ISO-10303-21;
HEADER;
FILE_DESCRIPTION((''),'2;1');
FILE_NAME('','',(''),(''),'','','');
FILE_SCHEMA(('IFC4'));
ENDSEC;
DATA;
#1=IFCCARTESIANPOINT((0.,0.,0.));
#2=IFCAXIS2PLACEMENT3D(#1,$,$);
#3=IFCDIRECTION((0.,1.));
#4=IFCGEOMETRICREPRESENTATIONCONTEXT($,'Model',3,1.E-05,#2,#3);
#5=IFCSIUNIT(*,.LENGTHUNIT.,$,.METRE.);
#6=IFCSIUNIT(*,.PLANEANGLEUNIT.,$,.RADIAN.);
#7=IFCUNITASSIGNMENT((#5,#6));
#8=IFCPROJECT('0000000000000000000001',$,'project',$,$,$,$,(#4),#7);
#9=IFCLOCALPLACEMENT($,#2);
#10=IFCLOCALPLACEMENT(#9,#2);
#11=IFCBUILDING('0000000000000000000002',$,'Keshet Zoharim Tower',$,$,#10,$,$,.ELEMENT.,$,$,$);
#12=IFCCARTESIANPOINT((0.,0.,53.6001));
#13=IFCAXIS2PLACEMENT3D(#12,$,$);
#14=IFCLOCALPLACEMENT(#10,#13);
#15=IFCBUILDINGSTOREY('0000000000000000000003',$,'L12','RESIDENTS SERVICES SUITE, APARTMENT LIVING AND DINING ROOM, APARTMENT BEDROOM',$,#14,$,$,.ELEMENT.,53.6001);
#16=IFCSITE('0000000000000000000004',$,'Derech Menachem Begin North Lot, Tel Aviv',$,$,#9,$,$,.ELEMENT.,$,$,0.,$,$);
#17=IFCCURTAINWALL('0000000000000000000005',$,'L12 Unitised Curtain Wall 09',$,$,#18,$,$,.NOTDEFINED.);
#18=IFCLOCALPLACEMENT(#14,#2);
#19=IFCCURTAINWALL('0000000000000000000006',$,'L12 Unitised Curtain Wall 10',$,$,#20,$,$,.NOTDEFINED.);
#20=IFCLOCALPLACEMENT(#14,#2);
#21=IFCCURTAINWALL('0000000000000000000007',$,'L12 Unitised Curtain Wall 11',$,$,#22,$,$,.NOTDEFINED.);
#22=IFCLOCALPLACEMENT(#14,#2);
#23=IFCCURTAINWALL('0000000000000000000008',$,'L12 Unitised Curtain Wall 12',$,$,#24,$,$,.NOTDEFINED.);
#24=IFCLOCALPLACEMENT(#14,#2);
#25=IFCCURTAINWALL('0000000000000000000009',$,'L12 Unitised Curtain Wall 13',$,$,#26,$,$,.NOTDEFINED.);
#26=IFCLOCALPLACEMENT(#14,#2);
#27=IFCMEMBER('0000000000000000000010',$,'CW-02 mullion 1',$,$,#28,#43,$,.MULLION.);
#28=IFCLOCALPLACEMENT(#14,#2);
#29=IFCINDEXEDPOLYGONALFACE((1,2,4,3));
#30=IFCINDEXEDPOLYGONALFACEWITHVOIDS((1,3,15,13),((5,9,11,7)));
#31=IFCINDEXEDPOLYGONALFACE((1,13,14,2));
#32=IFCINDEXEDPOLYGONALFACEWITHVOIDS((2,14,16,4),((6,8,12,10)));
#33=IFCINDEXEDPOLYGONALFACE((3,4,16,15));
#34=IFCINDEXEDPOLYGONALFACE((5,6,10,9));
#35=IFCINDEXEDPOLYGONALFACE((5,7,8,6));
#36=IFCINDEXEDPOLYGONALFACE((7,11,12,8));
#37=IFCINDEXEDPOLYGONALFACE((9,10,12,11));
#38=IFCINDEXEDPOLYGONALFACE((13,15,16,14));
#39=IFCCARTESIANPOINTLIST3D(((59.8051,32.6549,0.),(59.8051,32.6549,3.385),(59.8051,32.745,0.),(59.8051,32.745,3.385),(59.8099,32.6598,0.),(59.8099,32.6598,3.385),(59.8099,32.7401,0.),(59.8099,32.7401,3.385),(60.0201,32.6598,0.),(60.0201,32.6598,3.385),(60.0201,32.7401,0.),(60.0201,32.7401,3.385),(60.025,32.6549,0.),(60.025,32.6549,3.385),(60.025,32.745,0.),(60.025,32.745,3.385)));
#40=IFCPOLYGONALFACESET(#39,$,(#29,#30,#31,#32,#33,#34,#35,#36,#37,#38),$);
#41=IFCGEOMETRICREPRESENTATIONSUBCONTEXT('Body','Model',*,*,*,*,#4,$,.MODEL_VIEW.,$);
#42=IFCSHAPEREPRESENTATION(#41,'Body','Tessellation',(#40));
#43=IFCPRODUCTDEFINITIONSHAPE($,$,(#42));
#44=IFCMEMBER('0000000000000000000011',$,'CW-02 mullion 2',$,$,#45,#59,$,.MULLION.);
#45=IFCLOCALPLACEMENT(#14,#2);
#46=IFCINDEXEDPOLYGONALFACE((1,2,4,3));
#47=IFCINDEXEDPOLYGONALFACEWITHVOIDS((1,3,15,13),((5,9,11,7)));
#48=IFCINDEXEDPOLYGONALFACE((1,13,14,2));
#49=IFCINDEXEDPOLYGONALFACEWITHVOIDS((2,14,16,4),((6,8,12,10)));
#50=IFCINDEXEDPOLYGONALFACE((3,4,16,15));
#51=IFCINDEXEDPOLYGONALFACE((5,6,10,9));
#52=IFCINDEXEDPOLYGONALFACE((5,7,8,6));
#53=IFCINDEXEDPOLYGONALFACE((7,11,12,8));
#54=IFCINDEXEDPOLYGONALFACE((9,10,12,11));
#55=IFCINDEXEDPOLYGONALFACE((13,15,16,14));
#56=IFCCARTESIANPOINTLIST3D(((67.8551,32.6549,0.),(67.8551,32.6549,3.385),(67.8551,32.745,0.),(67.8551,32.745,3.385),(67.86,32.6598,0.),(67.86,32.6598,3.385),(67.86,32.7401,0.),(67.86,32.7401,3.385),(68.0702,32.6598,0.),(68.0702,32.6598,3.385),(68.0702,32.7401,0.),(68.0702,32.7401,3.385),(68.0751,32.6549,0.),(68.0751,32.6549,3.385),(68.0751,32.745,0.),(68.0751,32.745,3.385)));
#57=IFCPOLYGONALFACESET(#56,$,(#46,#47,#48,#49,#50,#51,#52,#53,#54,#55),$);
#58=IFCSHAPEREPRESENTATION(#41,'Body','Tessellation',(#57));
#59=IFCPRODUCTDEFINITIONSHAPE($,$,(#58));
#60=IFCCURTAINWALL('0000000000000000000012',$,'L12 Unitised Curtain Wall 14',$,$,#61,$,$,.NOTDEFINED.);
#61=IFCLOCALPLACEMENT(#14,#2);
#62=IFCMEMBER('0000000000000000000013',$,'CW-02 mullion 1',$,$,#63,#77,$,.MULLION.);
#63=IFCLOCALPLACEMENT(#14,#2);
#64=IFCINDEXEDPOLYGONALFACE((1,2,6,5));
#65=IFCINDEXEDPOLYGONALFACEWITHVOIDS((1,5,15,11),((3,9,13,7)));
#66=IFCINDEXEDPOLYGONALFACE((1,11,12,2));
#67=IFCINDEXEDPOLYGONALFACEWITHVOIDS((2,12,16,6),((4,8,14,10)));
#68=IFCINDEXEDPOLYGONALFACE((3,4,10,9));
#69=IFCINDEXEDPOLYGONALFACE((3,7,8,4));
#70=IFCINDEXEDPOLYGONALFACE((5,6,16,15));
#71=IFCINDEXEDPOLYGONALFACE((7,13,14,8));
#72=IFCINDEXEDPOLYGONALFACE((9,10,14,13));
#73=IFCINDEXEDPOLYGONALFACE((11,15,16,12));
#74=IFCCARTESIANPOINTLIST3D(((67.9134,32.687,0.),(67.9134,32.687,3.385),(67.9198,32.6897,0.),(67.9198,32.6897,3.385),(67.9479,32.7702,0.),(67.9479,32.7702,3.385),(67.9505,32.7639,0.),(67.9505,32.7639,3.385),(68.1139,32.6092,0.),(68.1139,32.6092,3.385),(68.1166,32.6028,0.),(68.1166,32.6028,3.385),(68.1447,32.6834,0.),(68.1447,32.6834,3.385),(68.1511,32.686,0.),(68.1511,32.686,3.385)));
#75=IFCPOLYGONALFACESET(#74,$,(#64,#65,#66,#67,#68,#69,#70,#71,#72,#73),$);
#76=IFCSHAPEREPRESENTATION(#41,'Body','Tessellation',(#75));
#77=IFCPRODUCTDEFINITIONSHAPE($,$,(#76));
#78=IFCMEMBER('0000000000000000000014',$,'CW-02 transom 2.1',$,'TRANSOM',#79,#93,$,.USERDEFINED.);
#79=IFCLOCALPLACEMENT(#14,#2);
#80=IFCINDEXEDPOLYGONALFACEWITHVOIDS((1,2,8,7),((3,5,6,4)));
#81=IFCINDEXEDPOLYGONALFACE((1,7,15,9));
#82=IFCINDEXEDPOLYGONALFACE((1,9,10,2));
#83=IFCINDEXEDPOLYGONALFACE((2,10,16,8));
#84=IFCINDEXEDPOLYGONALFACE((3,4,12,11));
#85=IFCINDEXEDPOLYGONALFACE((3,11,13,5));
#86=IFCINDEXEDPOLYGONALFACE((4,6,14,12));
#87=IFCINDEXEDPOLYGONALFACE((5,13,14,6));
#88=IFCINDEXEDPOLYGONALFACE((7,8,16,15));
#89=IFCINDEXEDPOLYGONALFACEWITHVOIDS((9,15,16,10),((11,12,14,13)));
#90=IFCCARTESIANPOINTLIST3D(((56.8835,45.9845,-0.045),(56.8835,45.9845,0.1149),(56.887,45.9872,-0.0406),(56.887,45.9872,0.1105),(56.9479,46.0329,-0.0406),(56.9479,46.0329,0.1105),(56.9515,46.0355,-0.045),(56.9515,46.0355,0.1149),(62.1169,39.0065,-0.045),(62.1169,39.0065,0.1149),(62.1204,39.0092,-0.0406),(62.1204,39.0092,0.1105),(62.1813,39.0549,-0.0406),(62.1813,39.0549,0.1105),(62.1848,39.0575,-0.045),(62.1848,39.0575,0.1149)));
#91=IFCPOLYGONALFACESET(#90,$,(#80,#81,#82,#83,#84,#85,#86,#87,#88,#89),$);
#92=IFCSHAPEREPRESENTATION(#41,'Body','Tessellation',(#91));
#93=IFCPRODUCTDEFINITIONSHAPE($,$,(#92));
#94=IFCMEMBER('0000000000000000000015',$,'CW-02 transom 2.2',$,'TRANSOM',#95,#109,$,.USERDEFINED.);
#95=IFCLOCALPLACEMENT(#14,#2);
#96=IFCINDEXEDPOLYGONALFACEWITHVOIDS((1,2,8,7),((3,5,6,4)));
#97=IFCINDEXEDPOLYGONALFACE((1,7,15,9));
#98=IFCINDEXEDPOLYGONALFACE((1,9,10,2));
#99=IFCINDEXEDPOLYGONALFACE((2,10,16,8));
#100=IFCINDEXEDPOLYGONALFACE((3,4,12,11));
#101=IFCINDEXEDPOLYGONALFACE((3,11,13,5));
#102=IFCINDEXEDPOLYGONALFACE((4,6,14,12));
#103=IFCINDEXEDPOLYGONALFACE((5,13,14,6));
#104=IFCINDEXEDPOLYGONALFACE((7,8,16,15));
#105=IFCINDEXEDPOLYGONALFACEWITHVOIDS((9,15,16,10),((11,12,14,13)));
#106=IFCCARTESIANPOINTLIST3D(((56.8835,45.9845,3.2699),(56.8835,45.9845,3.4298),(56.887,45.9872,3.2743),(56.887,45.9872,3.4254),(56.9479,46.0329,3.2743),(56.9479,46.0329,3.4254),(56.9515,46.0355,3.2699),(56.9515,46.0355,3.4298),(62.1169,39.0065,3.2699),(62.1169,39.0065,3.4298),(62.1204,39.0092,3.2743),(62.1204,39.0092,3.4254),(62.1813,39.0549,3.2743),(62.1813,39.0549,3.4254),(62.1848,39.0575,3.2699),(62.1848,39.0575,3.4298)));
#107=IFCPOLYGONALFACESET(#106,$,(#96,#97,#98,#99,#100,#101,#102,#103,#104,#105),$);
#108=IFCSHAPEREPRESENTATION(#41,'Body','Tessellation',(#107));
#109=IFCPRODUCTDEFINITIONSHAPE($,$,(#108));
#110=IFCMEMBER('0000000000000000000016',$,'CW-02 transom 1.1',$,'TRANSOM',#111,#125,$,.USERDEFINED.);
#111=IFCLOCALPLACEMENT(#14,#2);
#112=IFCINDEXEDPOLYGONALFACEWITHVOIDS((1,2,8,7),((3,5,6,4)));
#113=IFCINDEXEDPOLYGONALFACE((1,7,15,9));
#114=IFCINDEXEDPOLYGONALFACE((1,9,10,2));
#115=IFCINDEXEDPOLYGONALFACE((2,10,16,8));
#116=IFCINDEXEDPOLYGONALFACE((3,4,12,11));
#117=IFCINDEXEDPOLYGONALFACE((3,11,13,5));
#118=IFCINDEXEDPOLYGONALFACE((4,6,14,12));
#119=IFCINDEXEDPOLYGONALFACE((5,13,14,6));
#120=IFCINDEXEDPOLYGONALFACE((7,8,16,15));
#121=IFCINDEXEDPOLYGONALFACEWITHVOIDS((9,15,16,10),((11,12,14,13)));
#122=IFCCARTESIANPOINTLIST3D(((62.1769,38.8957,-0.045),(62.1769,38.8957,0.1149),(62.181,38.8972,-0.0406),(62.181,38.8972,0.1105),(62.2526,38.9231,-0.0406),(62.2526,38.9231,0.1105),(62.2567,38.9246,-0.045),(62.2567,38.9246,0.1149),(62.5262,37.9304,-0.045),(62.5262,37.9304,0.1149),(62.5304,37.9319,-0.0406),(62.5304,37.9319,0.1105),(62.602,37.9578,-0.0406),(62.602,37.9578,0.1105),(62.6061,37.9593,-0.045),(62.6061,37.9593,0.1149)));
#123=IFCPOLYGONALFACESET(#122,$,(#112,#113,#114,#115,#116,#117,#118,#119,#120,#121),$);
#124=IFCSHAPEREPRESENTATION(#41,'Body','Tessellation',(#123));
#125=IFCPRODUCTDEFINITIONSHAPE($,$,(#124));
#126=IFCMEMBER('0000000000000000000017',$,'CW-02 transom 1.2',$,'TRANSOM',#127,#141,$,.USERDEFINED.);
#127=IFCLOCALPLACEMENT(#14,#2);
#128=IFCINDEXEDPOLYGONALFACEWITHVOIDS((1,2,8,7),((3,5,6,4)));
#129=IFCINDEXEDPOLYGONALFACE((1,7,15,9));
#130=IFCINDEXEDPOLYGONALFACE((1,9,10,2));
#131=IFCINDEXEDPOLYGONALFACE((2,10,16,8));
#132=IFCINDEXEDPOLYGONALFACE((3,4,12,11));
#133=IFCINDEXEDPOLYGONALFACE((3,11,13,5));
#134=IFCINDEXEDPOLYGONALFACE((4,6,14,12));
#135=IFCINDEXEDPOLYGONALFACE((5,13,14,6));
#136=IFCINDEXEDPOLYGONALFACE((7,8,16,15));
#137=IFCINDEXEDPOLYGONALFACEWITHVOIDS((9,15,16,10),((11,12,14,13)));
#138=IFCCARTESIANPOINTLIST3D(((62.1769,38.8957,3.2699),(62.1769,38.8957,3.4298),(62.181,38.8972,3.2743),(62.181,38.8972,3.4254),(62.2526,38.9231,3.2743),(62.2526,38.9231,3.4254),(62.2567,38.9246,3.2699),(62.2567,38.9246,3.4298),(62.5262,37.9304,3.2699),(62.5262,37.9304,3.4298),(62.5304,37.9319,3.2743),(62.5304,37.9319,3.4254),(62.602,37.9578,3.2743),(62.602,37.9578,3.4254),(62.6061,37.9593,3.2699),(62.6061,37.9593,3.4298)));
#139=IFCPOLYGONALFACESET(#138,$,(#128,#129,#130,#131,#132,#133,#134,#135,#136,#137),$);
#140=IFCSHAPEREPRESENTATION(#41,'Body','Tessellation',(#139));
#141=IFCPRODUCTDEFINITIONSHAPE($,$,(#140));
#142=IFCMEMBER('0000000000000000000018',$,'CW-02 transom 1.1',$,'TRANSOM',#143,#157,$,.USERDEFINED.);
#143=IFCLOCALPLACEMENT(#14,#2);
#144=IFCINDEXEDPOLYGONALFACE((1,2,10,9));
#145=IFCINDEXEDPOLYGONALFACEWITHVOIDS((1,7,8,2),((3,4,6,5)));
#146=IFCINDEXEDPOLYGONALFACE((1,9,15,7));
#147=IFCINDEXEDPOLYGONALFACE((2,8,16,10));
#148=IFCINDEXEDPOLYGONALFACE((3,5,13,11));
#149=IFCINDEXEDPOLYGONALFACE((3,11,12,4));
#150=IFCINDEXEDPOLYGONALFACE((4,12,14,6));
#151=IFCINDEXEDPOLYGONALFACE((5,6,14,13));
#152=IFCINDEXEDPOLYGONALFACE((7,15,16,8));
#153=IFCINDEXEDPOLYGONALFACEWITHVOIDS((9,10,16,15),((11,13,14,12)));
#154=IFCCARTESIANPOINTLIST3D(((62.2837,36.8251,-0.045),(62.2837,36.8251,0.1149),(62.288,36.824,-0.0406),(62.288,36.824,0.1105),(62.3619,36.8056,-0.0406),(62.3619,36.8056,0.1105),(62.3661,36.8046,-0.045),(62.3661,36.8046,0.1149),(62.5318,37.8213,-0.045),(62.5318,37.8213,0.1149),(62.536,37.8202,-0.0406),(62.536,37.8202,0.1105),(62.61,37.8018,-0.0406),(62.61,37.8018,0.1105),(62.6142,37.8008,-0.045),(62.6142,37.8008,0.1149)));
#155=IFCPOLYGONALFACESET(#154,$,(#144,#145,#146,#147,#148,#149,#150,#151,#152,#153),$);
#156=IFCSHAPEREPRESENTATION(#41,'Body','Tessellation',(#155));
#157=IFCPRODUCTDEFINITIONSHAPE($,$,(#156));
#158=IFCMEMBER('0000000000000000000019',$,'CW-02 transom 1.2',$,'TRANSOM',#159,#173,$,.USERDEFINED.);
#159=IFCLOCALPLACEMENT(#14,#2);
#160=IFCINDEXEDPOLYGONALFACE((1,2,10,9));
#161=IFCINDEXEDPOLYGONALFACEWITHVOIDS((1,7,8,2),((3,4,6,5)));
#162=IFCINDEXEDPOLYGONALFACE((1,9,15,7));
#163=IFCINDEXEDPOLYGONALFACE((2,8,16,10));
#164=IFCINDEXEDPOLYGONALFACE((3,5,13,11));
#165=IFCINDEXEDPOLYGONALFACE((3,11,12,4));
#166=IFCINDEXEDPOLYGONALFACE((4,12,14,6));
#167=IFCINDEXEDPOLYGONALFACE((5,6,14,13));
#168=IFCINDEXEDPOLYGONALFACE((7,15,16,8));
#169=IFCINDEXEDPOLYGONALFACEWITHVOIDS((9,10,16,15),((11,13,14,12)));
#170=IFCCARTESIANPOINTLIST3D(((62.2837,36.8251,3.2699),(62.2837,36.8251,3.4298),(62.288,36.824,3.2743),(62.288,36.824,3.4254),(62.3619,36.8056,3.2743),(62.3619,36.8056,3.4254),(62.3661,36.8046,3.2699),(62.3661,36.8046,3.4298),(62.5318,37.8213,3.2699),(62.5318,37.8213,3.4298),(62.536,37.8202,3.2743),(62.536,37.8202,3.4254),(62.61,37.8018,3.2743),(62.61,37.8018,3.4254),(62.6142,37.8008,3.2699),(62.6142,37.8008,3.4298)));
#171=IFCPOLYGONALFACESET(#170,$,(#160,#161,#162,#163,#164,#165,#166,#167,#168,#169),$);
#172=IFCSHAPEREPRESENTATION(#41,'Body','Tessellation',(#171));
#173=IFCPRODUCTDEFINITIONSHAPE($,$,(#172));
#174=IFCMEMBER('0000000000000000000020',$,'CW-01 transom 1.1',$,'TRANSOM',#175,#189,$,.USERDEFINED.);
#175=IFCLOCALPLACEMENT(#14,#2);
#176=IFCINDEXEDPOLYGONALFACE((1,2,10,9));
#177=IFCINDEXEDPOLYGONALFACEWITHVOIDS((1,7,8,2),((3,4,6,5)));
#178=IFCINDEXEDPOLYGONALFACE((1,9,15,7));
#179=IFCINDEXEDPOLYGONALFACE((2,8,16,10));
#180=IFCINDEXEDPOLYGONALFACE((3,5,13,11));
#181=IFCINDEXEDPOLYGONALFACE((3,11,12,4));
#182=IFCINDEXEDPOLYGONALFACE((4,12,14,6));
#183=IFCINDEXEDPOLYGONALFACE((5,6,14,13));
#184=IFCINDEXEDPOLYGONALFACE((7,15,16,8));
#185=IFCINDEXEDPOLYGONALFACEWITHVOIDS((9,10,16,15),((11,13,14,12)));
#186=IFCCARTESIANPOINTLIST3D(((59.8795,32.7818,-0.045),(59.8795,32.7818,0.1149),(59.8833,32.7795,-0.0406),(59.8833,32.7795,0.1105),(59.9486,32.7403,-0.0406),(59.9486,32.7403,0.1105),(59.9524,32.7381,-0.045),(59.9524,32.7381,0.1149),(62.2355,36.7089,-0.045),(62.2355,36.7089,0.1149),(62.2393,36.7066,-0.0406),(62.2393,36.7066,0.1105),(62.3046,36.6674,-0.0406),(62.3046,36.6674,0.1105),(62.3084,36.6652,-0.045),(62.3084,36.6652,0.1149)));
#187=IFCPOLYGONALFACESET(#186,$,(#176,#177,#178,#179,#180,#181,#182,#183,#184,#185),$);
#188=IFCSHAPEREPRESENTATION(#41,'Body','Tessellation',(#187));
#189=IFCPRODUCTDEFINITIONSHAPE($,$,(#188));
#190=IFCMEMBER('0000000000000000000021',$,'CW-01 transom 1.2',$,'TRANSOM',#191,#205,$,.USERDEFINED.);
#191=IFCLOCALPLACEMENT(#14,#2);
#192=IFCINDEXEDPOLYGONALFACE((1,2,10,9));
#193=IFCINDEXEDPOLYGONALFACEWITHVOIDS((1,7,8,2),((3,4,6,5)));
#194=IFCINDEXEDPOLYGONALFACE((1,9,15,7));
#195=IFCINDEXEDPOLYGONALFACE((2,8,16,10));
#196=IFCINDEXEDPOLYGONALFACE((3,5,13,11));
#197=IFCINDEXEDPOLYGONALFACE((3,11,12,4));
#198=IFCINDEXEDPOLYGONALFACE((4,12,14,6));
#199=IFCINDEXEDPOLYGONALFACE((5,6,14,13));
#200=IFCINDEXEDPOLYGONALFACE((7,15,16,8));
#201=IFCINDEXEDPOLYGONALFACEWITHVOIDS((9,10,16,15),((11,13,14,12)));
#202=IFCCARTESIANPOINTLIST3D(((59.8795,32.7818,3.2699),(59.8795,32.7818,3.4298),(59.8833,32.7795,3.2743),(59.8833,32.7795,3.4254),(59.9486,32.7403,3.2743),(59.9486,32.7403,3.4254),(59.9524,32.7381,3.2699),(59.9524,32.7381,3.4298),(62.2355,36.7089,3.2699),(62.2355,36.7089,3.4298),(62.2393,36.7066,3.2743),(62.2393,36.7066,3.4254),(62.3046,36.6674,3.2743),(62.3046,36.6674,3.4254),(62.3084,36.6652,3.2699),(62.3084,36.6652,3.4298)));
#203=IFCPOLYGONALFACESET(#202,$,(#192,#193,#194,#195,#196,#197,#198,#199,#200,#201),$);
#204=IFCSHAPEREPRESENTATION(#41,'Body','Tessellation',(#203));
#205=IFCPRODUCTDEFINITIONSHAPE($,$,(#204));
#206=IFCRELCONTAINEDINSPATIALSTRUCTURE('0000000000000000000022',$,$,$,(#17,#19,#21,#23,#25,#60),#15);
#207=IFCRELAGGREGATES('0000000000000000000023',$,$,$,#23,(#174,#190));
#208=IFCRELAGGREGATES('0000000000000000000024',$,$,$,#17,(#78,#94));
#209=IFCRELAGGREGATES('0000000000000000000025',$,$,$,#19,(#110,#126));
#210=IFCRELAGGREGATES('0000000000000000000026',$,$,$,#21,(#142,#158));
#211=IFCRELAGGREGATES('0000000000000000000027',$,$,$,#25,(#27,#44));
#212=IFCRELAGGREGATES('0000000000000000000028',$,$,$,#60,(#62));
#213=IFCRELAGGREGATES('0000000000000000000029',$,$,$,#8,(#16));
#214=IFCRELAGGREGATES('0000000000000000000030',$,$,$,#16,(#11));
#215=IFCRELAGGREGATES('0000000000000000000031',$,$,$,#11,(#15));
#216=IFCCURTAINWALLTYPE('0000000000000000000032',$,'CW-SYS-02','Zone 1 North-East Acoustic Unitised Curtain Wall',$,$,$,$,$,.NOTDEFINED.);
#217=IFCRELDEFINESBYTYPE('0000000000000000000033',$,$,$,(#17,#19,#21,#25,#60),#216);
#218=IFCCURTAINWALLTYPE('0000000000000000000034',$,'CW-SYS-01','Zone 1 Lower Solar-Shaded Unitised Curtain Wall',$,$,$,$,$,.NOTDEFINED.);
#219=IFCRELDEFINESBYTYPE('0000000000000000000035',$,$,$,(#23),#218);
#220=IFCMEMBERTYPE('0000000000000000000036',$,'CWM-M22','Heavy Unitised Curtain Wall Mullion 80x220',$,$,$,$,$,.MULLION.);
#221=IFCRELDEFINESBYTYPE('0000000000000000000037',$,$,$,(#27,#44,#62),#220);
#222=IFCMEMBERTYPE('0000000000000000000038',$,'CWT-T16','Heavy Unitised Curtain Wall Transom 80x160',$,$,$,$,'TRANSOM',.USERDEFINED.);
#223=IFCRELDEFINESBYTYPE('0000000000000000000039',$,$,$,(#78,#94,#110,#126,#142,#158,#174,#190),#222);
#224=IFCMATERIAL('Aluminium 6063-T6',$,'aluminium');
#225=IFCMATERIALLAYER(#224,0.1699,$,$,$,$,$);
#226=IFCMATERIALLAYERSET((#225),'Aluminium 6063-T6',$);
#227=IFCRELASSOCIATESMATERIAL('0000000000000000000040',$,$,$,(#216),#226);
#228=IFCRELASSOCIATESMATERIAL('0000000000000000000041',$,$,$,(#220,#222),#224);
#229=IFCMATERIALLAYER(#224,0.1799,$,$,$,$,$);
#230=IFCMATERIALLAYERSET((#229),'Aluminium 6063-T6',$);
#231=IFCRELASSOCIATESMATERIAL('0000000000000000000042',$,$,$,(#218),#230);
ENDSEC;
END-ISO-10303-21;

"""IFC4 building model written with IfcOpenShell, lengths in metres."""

from ifc_helpers import new_model, si_unit, direction, frame, origin, origin_2d, place, context, subcontext, project, spatial, hollow_rectangle, extrude, material, layer, layer_set, material_profile, profile_set, type_object, element, aggregate, save


model = new_model("IFC4")

# Units and contexts
model_context = context("Model", 3, precision=1e-05, world=origin(), true_north=direction((0.0, 1.0)))
body_context = subcontext(model_context, "Body", "Model", "MODEL_VIEW")
ifc_project = project(units=[si_unit("LENGTHUNIT", "METRE"), si_unit("PLANEANGLEUNIT", "RADIAN")], contexts=[model_context])

# Site, building, storey
site_placement = place(None, origin())
site = spatial("IfcSite", under=ifc_project, at=site_placement, Name="Derech Menachem Begin North Lot, Tel Aviv", CompositionType="ELEMENT", RefElevation=0.0)
building_placement = place(site_placement, origin())
building = spatial("IfcBuilding", under=site, at=building_placement, Name="Keshet Zoharim Tower", CompositionType="ELEMENT")
storey_placement = place(building_placement, frame((0.0, 0.0, 53.6001)))
storey = spatial("IfcBuildingStorey", under=building, at=storey_placement, Name="L12", Description="RESIDENTS SERVICES SUITE, APARTMENT LIVING AND DINING ROOM, APARTMENT BEDROOM", CompositionType="ELEMENT", Elevation=53.6001)

# Curtain walls, members
ifc_material_1 = material(Name="Aluminium 6063-T6", Category="aluminium")
ifc_layer_1 = layer(ifc_material_1, 0.1699)
ifc_layer_set_1 = layer_set([ifc_layer_1], Name="Aluminium 6063-T6")
curtain_wall_type_1 = type_object("IfcCurtainWallType", Name="CW-SYS-02", Description="Zone 1 North-East Acoustic Unitised Curtain Wall", PredefinedType="NOTDEFINED", material=ifc_layer_set_1)
curtain_wall_1_placement = place(storey_placement, origin())
curtain_wall_1 = element("IfcCurtainWall", 1, at=curtain_wall_1_placement, inside=storey, type_object=curtain_wall_type_1, Name="L12 Unitised Curtain Wall 09", PredefinedType="NOTDEFINED")
ifc_material_profile_1 = material_profile(ifc_material_1, hollow_rectangle(XDim=0.0901, YDim=0.22, WallThickness=0.0049, at=origin_2d()), Name="MUL-90x220")
ifc_profile_set_1 = profile_set([ifc_material_profile_1], Name="Aluminium 6063-T6")
member_type_1 = type_object("IfcMemberType", Name="CWM-M22", Description="Heavy Unitised Curtain Wall Mullion 80x220", PredefinedType="MULLION", material=ifc_profile_set_1)
curtain_wall_2_placement = place(storey_placement, origin())
curtain_wall_2 = element("IfcCurtainWall", 2, at=curtain_wall_2_placement, inside=storey, type_object=curtain_wall_type_1, Name="L12 Unitised Curtain Wall 10", PredefinedType="NOTDEFINED")
curtain_wall_3_placement = place(storey_placement, origin())
curtain_wall_3 = element("IfcCurtainWall", 3, at=curtain_wall_3_placement, inside=storey, type_object=curtain_wall_type_1, Name="L12 Unitised Curtain Wall 11", PredefinedType="NOTDEFINED")
ifc_layer_2 = layer(ifc_material_1, 0.1799)
ifc_layer_set_2 = layer_set([ifc_layer_2], Name="Aluminium 6063-T6")
curtain_wall_type_2 = type_object("IfcCurtainWallType", Name="CW-SYS-01", Description="Zone 1 Lower Solar-Shaded Unitised Curtain Wall", PredefinedType="NOTDEFINED", material=ifc_layer_set_2)
curtain_wall_4_placement = place(storey_placement, origin())
curtain_wall_4 = element("IfcCurtainWall", 4, at=curtain_wall_4_placement, inside=storey, type_object=curtain_wall_type_2, Name="L12 Unitised Curtain Wall 12", PredefinedType="NOTDEFINED")
curtain_wall_5_placement = place(storey_placement, origin())
curtain_wall_5 = element("IfcCurtainWall", 5, at=curtain_wall_5_placement, inside=storey, type_object=curtain_wall_type_1, Name="L12 Unitised Curtain Wall 13", PredefinedType="NOTDEFINED")
member_1_placement = place(storey_placement, frame((59.915, 32.7, 0.0), z_axis=(0.0, 0.0, 1.0), x_axis=(0.0, 1.0, 0.0)))
member_1 = element("IfcMember", 6, at=member_1_placement, type_object=member_type_1, Name="CW-02 mullion 1", PredefinedType="MULLION", context=body_context, shape_type="SweptSolid", body=[
    extrude(hollow_rectangle(XDim=0.0901, YDim=0.22, WallThickness=0.0049, at=origin_2d()), origin(), (0.0, 0.0, 1.0), 3.385),
])
member_2_placement = place(storey_placement, frame((67.9651, 32.7, 0.0), z_axis=(0.0, 0.0, 1.0), x_axis=(0.0, 1.0, 0.0)))
member_2 = element("IfcMember", 7, at=member_2_placement, type_object=member_type_1, Name="CW-02 mullion 2", PredefinedType="MULLION", context=body_context, shape_type="SweptSolid", body=[
    extrude(hollow_rectangle(XDim=0.0901, YDim=0.22, WallThickness=0.0049, at=origin_2d()), origin(), (0.0, 0.0, 1.0), 3.385),
])

# Curtain wall, member
curtain_wall_6_placement = place(storey_placement, origin())
curtain_wall_6 = element("IfcCurtainWall", 8, at=curtain_wall_6_placement, inside=storey, type_object=curtain_wall_type_1, Name="L12 Unitised Curtain Wall 14", PredefinedType="NOTDEFINED")
member_3_placement = place(storey_placement, frame((68.0322, 32.6865, 0.0), z_axis=(0.0, 0.0, 1.0), x_axis=(0.382852, 0.92381, 0.0)))
member_3 = element("IfcMember", 9, at=member_3_placement, type_object=member_type_1, Name="CW-02 mullion 1", PredefinedType="MULLION", context=body_context, shape_type="SweptSolid", body=[
    extrude(hollow_rectangle(XDim=0.0901, YDim=0.22, WallThickness=0.0049, at=origin_2d()), origin(), (0.0, 0.0, 1.0), 3.385),
])

# Members
ifc_material_profile_2 = material_profile(ifc_material_1, hollow_rectangle(XDim=0.085, YDim=0.1599, WallThickness=0.0044, at=origin_2d()), Name="TRN-85x160")
ifc_profile_set_2 = profile_set([ifc_material_profile_2], Name="Aluminium 6063-T6")
member_type_2 = type_object("IfcMemberType", Name="CWT-T16", Description="Heavy Unitised Curtain Wall Transom 80x160", ElementType="TRANSOM", PredefinedType="USERDEFINED", material=ifc_profile_set_2)
member_4_placement = place(storey_placement, frame((56.9175, 46.01, 0.0349), z_axis=(0.599991, -0.800007, 0.0), x_axis=(0.800007, 0.599991, 0.0)))
member_4 = element("IfcMember", 10, at=member_4_placement, type_object=member_type_2, Name="CW-02 transom 2.1", ObjectType="TRANSOM", PredefinedType="USERDEFINED", context=body_context, shape_type="SweptSolid", body=[
    extrude(hollow_rectangle(XDim=0.085, YDim=0.1599, WallThickness=0.0044, at=origin_2d()), origin(), (0.0, 0.0, 1.0), 8.7224),
])
member_5_placement = place(storey_placement, frame((56.9175, 46.01, 3.3499), z_axis=(0.599991, -0.800007, 0.0), x_axis=(0.800007, 0.599991, 0.0)))
member_5 = element("IfcMember", 11, at=member_5_placement, type_object=member_type_2, Name="CW-02 transom 2.2", ObjectType="TRANSOM", PredefinedType="USERDEFINED", context=body_context, shape_type="SweptSolid", body=[
    extrude(hollow_rectangle(XDim=0.085, YDim=0.1599, WallThickness=0.0044, at=origin_2d()), origin(), (0.0, 0.0, 1.0), 8.7224),
])
member_6_placement = place(storey_placement, frame((62.2168, 38.9102, 0.0349), z_axis=(0.340311, -0.940313, 0.0), x_axis=(0.940313, 0.340311, 0.0)))
member_6 = element("IfcMember", 12, at=member_6_placement, type_object=member_type_2, Name="CW-02 transom 1.1", ObjectType="TRANSOM", PredefinedType="USERDEFINED", context=body_context, shape_type="SweptSolid", body=[
    extrude(hollow_rectangle(XDim=0.085, YDim=0.1599, WallThickness=0.0044, at=origin_2d()), origin(), (0.0, 0.0, 1.0), 1.0266),
])
member_7_placement = place(storey_placement, frame((62.2168, 38.9102, 3.3499), z_axis=(0.340311, -0.940313, 0.0), x_axis=(0.940313, 0.340311, 0.0)))
member_7 = element("IfcMember", 13, at=member_7_placement, type_object=member_type_2, Name="CW-02 transom 1.2", ObjectType="TRANSOM", PredefinedType="USERDEFINED", context=body_context, shape_type="SweptSolid", body=[
    extrude(hollow_rectangle(XDim=0.085, YDim=0.1599, WallThickness=0.0044, at=origin_2d()), origin(), (0.0, 0.0, 1.0), 1.0266),
])
member_8_placement = place(storey_placement, frame((62.573, 37.811, 0.0349), z_axis=(-0.24164, -0.970366, 0.0), x_axis=(0.970366, -0.24164, 0.0)))
member_8 = element("IfcMember", 14, at=member_8_placement, type_object=member_type_2, Name="CW-02 transom 1.1", ObjectType="TRANSOM", PredefinedType="USERDEFINED", context=body_context, shape_type="SweptSolid", body=[
    extrude(hollow_rectangle(XDim=0.085, YDim=0.1599, WallThickness=0.0044, at=origin_2d()), origin(), (0.0, 0.0, 1.0), 1.0266),
])
member_9_placement = place(storey_placement, frame((62.573, 37.811, 3.3499), z_axis=(-0.24164, -0.970366, 0.0), x_axis=(0.970366, -0.24164, 0.0)))
member_9 = element("IfcMember", 15, at=member_9_placement, type_object=member_type_2, Name="CW-02 transom 1.2", ObjectType="TRANSOM", PredefinedType="USERDEFINED", context=body_context, shape_type="SweptSolid", body=[
    extrude(hollow_rectangle(XDim=0.085, YDim=0.1599, WallThickness=0.0044, at=origin_2d()), origin(), (0.0, 0.0, 1.0), 1.0266),
])
member_10_placement = place(storey_placement, frame((62.272, 36.687, 0.0349), z_axis=(-0.514457, -0.857516, 0.0), x_axis=(0.857516, -0.514457, 0.0)))
member_10 = element("IfcMember", 16, at=member_10_placement, type_object=member_type_2, Name="CW-01 transom 1.1", ObjectType="TRANSOM", PredefinedType="USERDEFINED", context=body_context, shape_type="SweptSolid", body=[
    extrude(hollow_rectangle(XDim=0.085, YDim=0.1599, WallThickness=0.0044, at=origin_2d()), origin(), (0.0, 0.0, 1.0), 4.5796),
])
member_11_placement = place(storey_placement, frame((62.272, 36.687, 3.3499), z_axis=(-0.514457, -0.857516, 0.0), x_axis=(0.857516, -0.514457, 0.0)))
member_11 = element("IfcMember", 17, at=member_11_placement, type_object=member_type_2, Name="CW-01 transom 1.2", ObjectType="TRANSOM", PredefinedType="USERDEFINED", context=body_context, shape_type="SweptSolid", body=[
    extrude(hollow_rectangle(XDim=0.085, YDim=0.1599, WallThickness=0.0044, at=origin_2d()), origin(), (0.0, 0.0, 1.0), 4.5796),
])

aggregate(curtain_wall_4, [member_10, member_11])
aggregate(curtain_wall_1, [member_4, member_5])
aggregate(curtain_wall_2, [member_6, member_7])
aggregate(curtain_wall_3, [member_8, member_9])
aggregate(curtain_wall_5, [member_1, member_2])
aggregate(curtain_wall_6, [member_3])

save(model, "model.ifc")
